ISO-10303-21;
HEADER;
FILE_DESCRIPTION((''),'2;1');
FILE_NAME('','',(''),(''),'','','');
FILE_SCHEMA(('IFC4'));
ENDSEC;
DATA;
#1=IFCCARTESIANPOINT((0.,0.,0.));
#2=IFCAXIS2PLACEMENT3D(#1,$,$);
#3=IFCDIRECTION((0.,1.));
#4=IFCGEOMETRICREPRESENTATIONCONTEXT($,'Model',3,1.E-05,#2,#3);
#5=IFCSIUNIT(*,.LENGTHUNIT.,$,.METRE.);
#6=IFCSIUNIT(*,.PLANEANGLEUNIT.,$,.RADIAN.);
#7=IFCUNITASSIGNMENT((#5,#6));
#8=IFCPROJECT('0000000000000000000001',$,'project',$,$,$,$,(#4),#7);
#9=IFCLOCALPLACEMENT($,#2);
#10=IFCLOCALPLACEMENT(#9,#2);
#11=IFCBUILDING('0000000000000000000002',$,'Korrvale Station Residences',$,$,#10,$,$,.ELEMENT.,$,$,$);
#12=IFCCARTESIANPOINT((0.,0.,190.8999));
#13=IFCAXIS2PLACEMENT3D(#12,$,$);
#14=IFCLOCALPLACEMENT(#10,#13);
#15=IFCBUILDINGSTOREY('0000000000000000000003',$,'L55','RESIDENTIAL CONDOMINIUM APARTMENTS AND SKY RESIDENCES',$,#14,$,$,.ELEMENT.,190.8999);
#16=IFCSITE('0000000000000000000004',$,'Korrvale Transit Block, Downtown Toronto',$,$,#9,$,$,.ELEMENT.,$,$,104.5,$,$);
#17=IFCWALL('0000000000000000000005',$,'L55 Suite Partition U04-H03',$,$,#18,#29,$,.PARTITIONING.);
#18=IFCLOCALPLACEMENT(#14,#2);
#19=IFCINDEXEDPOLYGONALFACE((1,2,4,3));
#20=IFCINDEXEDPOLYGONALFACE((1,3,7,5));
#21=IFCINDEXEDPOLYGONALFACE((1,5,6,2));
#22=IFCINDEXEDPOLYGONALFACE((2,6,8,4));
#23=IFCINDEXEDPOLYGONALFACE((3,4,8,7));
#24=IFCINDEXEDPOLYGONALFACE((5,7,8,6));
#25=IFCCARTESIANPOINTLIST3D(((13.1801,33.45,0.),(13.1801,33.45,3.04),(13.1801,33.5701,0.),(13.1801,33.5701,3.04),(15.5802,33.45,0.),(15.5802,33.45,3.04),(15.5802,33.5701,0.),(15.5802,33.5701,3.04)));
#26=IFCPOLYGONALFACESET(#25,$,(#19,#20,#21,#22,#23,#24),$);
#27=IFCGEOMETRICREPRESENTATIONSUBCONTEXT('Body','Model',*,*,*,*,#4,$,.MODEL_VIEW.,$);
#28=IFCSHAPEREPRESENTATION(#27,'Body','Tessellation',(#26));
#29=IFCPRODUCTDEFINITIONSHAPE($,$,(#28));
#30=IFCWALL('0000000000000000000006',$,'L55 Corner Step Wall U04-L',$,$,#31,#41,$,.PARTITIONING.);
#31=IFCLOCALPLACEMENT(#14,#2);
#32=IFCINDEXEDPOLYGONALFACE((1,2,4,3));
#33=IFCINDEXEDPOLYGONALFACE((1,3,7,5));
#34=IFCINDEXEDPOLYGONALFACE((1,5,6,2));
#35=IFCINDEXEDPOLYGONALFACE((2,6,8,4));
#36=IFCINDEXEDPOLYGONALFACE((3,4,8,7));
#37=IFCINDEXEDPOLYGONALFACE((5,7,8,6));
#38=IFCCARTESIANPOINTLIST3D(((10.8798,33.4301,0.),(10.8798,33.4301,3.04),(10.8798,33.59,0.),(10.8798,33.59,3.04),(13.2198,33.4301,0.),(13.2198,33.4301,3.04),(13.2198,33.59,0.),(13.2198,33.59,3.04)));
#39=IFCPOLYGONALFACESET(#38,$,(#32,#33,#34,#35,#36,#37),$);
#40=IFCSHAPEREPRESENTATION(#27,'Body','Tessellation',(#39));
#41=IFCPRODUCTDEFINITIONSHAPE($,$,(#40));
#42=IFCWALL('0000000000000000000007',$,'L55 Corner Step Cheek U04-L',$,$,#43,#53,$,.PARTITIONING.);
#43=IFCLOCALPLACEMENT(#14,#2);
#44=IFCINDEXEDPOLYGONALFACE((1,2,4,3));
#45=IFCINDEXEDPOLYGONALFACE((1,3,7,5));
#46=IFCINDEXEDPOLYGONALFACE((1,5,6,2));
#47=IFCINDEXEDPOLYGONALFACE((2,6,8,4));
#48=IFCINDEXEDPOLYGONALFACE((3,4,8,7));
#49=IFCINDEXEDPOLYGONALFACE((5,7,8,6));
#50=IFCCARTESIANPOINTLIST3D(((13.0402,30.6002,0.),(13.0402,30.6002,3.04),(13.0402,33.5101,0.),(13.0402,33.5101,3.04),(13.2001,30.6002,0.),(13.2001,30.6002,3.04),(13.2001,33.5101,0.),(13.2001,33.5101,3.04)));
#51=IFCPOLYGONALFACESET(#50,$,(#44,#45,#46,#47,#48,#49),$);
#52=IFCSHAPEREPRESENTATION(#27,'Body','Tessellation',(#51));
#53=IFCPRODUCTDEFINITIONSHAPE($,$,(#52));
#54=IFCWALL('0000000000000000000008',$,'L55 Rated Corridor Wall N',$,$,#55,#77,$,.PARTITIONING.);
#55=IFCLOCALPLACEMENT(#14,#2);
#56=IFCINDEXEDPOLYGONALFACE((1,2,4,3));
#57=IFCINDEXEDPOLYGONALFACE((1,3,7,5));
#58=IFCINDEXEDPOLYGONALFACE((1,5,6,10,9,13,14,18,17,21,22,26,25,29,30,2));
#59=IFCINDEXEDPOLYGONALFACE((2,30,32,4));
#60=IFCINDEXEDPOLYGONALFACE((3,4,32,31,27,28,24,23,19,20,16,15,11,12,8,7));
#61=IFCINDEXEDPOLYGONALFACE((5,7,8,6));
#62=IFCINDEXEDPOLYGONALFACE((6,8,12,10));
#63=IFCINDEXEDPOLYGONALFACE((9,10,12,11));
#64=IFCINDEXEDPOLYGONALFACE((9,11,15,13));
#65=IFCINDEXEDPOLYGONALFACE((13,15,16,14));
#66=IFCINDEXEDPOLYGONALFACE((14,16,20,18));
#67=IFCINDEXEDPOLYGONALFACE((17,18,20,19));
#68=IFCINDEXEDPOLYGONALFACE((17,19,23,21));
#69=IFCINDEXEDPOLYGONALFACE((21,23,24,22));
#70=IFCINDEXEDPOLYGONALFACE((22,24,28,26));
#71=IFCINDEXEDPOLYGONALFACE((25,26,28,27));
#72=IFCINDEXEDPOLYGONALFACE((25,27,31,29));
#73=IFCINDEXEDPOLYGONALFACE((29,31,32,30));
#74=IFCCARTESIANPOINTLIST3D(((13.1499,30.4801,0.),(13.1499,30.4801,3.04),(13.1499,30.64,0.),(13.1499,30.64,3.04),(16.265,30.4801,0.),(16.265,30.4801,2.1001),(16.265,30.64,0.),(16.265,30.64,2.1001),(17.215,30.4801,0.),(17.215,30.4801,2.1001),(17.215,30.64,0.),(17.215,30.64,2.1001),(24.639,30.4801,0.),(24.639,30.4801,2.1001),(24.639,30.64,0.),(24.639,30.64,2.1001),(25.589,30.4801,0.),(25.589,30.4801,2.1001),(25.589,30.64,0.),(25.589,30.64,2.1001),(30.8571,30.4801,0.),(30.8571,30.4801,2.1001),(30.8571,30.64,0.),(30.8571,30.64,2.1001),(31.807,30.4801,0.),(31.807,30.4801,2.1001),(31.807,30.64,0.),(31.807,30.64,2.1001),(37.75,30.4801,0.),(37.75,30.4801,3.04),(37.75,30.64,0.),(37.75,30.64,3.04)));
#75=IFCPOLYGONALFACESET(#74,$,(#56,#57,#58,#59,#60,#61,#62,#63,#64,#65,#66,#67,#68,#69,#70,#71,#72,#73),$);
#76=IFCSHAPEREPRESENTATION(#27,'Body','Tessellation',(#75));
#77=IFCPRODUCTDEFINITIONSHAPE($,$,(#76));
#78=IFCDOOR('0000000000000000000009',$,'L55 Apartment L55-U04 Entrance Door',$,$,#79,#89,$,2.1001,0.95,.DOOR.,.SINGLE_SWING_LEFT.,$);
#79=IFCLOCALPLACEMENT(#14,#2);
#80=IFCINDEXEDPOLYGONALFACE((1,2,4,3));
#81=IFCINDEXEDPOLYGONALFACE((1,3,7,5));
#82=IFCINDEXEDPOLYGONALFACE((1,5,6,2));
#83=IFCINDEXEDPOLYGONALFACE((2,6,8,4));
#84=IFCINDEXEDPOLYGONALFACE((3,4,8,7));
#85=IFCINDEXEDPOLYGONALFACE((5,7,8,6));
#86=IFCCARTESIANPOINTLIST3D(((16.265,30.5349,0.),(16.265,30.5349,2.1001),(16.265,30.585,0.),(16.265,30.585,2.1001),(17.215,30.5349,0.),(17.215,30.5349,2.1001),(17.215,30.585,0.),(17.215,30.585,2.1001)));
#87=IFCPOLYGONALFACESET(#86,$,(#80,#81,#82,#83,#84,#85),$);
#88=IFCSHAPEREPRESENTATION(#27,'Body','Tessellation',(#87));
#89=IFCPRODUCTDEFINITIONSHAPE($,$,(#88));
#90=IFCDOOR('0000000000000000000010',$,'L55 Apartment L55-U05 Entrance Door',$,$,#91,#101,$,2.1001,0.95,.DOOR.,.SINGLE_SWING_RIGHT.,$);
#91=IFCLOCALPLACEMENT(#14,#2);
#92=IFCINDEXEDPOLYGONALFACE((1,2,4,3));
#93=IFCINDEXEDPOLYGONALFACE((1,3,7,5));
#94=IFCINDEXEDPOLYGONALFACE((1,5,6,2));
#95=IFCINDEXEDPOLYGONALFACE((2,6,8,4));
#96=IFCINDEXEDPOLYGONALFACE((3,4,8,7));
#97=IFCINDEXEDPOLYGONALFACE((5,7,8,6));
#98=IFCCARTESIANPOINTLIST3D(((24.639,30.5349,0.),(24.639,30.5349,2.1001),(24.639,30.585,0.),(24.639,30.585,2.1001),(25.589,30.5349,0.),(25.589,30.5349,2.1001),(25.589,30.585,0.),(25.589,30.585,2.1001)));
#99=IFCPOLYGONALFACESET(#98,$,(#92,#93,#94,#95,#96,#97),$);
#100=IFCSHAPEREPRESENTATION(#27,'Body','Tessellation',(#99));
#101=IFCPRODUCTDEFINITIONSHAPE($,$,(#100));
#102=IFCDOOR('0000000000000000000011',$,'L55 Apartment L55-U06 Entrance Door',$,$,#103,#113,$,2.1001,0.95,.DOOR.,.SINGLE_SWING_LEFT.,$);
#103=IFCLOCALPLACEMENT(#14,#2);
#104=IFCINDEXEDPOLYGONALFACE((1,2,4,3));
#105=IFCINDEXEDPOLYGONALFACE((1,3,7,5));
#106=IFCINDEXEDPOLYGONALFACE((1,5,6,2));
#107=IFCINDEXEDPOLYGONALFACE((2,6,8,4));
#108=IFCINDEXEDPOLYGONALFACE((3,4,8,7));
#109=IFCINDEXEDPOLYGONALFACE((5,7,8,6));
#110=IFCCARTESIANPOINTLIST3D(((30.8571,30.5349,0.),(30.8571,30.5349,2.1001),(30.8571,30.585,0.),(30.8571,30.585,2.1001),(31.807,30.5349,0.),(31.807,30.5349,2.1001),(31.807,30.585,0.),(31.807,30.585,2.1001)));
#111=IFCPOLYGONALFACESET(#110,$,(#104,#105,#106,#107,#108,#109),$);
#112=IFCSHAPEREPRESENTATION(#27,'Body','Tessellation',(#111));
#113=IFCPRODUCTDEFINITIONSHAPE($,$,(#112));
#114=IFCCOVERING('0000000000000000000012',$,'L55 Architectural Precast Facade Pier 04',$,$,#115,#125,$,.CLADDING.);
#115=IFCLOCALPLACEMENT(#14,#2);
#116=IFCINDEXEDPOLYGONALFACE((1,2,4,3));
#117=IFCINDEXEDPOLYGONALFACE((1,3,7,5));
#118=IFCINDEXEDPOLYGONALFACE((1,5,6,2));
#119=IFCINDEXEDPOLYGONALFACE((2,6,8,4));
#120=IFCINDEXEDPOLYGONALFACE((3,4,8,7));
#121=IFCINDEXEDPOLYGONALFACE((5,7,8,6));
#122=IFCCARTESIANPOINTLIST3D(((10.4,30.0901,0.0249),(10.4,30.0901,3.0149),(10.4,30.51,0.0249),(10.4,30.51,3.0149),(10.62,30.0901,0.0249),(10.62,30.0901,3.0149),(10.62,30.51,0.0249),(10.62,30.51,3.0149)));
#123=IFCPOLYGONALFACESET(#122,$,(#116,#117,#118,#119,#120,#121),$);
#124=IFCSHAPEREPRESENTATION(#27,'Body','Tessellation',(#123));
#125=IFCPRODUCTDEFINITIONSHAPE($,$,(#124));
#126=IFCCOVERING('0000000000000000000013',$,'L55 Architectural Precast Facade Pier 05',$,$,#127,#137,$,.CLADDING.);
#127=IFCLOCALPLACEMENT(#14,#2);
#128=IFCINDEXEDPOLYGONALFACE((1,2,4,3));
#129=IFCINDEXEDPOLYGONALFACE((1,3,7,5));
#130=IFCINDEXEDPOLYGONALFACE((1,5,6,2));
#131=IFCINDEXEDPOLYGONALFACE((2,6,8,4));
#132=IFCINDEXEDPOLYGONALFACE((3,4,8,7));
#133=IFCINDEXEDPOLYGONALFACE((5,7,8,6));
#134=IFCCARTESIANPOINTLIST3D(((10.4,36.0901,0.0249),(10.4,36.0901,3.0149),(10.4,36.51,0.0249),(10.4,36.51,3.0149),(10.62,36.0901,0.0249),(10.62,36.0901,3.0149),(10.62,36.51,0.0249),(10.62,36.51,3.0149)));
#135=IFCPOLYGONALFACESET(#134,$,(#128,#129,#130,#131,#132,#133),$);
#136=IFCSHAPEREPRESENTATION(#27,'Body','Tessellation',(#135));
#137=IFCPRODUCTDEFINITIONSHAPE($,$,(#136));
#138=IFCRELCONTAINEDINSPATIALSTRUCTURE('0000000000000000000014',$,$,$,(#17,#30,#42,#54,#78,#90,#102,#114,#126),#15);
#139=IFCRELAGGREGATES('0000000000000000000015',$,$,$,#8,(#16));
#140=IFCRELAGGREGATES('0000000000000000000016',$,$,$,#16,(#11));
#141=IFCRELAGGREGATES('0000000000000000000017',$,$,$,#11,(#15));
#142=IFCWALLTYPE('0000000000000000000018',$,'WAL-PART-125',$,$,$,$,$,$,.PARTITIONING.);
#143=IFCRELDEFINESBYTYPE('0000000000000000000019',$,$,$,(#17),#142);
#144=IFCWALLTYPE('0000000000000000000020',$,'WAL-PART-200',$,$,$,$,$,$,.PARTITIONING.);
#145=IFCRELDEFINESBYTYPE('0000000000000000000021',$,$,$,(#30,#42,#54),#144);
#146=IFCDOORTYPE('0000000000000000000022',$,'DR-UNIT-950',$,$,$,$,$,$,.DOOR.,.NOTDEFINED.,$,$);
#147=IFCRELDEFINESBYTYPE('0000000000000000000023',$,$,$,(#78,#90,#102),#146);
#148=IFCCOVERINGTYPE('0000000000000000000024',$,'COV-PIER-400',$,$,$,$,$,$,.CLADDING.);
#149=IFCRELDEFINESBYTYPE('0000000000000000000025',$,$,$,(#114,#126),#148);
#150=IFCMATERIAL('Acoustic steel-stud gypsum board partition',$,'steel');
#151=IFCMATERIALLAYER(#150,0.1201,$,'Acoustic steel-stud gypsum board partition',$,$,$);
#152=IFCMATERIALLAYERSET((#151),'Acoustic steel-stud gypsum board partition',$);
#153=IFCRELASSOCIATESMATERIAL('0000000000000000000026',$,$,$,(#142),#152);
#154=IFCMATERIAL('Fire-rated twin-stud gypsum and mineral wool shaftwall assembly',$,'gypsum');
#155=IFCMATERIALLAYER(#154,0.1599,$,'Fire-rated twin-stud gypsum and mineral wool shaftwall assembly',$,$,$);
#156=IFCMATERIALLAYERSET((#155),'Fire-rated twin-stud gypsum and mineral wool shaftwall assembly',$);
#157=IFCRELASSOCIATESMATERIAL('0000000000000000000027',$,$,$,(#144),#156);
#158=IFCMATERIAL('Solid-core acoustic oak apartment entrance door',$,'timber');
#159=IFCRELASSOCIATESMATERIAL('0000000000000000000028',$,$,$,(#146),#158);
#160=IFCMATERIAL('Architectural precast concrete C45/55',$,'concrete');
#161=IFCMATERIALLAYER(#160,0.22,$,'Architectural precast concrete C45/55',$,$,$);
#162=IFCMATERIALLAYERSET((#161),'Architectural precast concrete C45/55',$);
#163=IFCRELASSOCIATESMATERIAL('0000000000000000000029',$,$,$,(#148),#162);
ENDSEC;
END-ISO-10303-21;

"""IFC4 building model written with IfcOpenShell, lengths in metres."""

from ifc_helpers import new_model, si_unit, direction, frame, frame_2d, origin, origin_2d, place, context, subcontext, project, spatial, rectangle, extrude, material, layer, layer_set, type_object, element, fill, save


model = new_model("IFC4")

# Units and contexts
model_context = context("Model", 3, precision=1e-05, world=origin(), true_north=direction((0.0, 1.0)))
body_context = subcontext(model_context, "Body", "Model", "MODEL_VIEW")
ifc_project = project(units=[si_unit("LENGTHUNIT", "METRE"), si_unit("PLANEANGLEUNIT", "RADIAN")], contexts=[model_context])

# Site, building, storey
site_placement = place(None, origin())
site = spatial("IfcSite", under=ifc_project, at=site_placement, Name="Korrvale Transit Block, Downtown Toronto", CompositionType="ELEMENT", RefElevation=104.5)
building_placement = place(site_placement, origin())
building = spatial("IfcBuilding", under=site, at=building_placement, Name="Korrvale Station Residences", CompositionType="ELEMENT")
storey_placement = place(building_placement, frame((0.0, 0.0, 190.8999)))
storey = spatial("IfcBuildingStorey", under=building, at=storey_placement, Name="L55", Description="RESIDENTIAL CONDOMINIUM APARTMENTS AND SKY RESIDENCES", CompositionType="ELEMENT", Elevation=190.8999)

# Walls
ifc_material_1 = material(Name="Acoustic steel-stud gypsum board partition", Category="steel")
ifc_layer_1 = layer(ifc_material_1, 0.1201, Name="Acoustic steel-stud gypsum board partition")
ifc_layer_set_1 = layer_set([ifc_layer_1], Name="Acoustic steel-stud gypsum board partition")
wall_type_1 = type_object("IfcWallType", Name="WAL-PART-125", PredefinedType="PARTITIONING", material=ifc_layer_set_1)
wall_1_placement = place(storey_placement, frame((13.1799, 33.51, 0.0), z_axis=(0.0, 0.0, 1.0), x_axis=(1.0, 0.0, 0.0)))
element("IfcWall", 1, at=wall_1_placement, inside=storey, type_object=wall_type_1, Name="L55 Suite Partition U04-H03", PredefinedType="PARTITIONING", context=body_context, shape_type="SweptSolid", body=[
    extrude(rectangle(XDim=2.4001, YDim=0.1201, at=frame_2d((1.2002, 0.0))), origin(), (0.0, 0.0, 1.0), 3.04),
])
ifc_material_2 = material(Name="Fire-rated twin-stud gypsum and mineral wool shaftwall assembly", Category="gypsum")
ifc_layer_2 = layer(ifc_material_2, 0.1599, Name="Fire-rated twin-stud gypsum and mineral wool shaftwall assembly")
ifc_layer_set_2 = layer_set([ifc_layer_2], Name="Fire-rated twin-stud gypsum and mineral wool shaftwall assembly")
wall_type_2 = type_object("IfcWallType", Name="WAL-PART-200", PredefinedType="PARTITIONING", material=ifc_layer_set_2)
wall_2_placement = place(storey_placement, frame((10.8799, 33.51, 0.0), z_axis=(0.0, 0.0, 1.0), x_axis=(1.0, 0.0, 0.0)))
element("IfcWall", 2, at=wall_2_placement, inside=storey, type_object=wall_type_2, Name="L55 Corner Step Wall U04-L", PredefinedType="PARTITIONING", context=body_context, shape_type="SweptSolid", body=[
    extrude(rectangle(XDim=2.3401, YDim=0.1599, at=frame_2d((1.1699, 0.0))), origin(), (0.0, 0.0, 1.0), 3.04),
])
wall_3_placement = place(storey_placement, frame((13.1201, 30.6001, 0.0), z_axis=(0.0, 0.0, 1.0), x_axis=(0.0, 1.0, 0.0)))
element("IfcWall", 3, at=wall_3_placement, inside=storey, type_object=wall_type_2, Name="L55 Corner Step Cheek U04-L", PredefinedType="PARTITIONING", context=body_context, shape_type="SweptSolid", body=[
    extrude(rectangle(XDim=2.9099, YDim=0.1599, at=frame_2d((1.4551, 0.0))), origin(), (0.0, 0.0, 1.0), 3.04),
])

# Wall, openings, doors
wall_4_placement = place(storey_placement, frame((13.1499, 30.5601, 0.0), z_axis=(0.0, 0.0, 1.0), x_axis=(1.0, 0.0, 0.0)))
wall_4 = element("IfcWall", 4, at=wall_4_placement, inside=storey, type_object=wall_type_2, Name="L55 Rated Corridor Wall N", PredefinedType="PARTITIONING", context=body_context, shape_type="SweptSolid", body=[
    extrude(rectangle(XDim=24.6001, YDim=0.1599, at=frame_2d((12.3, 0.0))), origin(), (0.0, 0.0, 1.0), 3.04),
])
opening_1_placement = place(wall_4_placement, frame((3.115, 0.0, 0.0)))
opening_1 = element("IfcOpeningElement", 5, at=opening_1_placement, cuts=wall_4, PredefinedType="OPENING", context=body_context, shape_type="SweptSolid", body=[
    extrude(rectangle(XDim=0.95, YDim=2.1001, at=frame_2d((0.4751, 1.05))), frame((0.0, 0.0898, 0.0), z_axis=(0.0, -1.0, 0.0), x_axis=(1.0, 0.0, 0.0)), (0.0, 0.0, 1.0), 0.1799),
])
opening_2_placement = place(wall_4_placement, frame((11.489, 0.0, 0.0)))
opening_2 = element("IfcOpeningElement", 6, at=opening_2_placement, cuts=wall_4, PredefinedType="OPENING", context=body_context, shape_type="SweptSolid", body=[
    extrude(rectangle(XDim=0.95, YDim=2.1001, at=frame_2d((0.4751, 1.05))), frame((0.0, 0.0898, 0.0), z_axis=(0.0, -1.0, 0.0), x_axis=(1.0, 0.0, 0.0)), (0.0, 0.0, 1.0), 0.1799),
])
opening_3_placement = place(wall_4_placement, frame((17.707, 0.0, 0.0)))
opening_3 = element("IfcOpeningElement", 7, at=opening_3_placement, cuts=wall_4, PredefinedType="OPENING", context=body_context, shape_type="SweptSolid", body=[
    extrude(rectangle(XDim=0.95, YDim=2.1001, at=frame_2d((0.4751, 1.05))), frame((0.0, 0.0898, 0.0), z_axis=(0.0, -1.0, 0.0), x_axis=(1.0, 0.0, 0.0)), (0.0, 0.0, 1.0), 0.1799),
])
ifc_material_3 = material(Name="Solid-core acoustic oak apartment entrance door", Category="timber")
door_type = type_object("IfcDoorType", Name="DR-UNIT-950", OperationType="NOTDEFINED", PredefinedType="DOOR", material=ifc_material_3)
door_1_placement = place(opening_1_placement, origin())
door_1 = element("IfcDoor", 8, at=door_1_placement, inside=storey, type_object=door_type, Name="L55 Apartment L55-U04 Entrance Door", OperationType="SINGLE_SWING_LEFT", OverallHeight=2.1001, OverallWidth=0.95, PredefinedType="DOOR", context=body_context, shape_type="SweptSolid", body=[
    extrude(rectangle(XDim=0.95, YDim=2.1001, at=frame_2d((0.4751, 1.05))), frame((0.0, 0.0249, 0.0), z_axis=(0.0, -1.0, 0.0), x_axis=(1.0, 0.0, 0.0)), (0.0, 0.0, 1.0), 0.05),
])
fill(opening_1, door_1)
door_2_placement = place(opening_2_placement, origin())
door_2 = element("IfcDoor", 9, at=door_2_placement, inside=storey, type_object=door_type, Name="L55 Apartment L55-U05 Entrance Door", OperationType="SINGLE_SWING_RIGHT", OverallHeight=2.1001, OverallWidth=0.95, PredefinedType="DOOR", context=body_context, shape_type="SweptSolid", body=[
    extrude(rectangle(XDim=0.95, YDim=2.1001, at=frame_2d((0.4751, 1.05))), frame((0.0, 0.0249, 0.0), z_axis=(0.0, -1.0, 0.0), x_axis=(1.0, 0.0, 0.0)), (0.0, 0.0, 1.0), 0.05),
])
fill(opening_2, door_2)
door_3_placement = place(opening_3_placement, origin())
door_3 = element("IfcDoor", 10, at=door_3_placement, inside=storey, type_object=door_type, Name="L55 Apartment L55-U06 Entrance Door", OperationType="SINGLE_SWING_LEFT", OverallHeight=2.1001, OverallWidth=0.95, PredefinedType="DOOR", context=body_context, shape_type="SweptSolid", body=[
    extrude(rectangle(XDim=0.95, YDim=2.1001, at=frame_2d((0.4751, 1.05))), frame((0.0, 0.0249, 0.0), z_axis=(0.0, -1.0, 0.0), x_axis=(1.0, 0.0, 0.0)), (0.0, 0.0, 1.0), 0.05),
])
fill(opening_3, door_3)

# Coverings
ifc_material_4 = material(Name="Architectural precast concrete C45/55", Category="concrete")
ifc_layer_3 = layer(ifc_material_4, 0.22, Name="Architectural precast concrete C45/55")
ifc_layer_set_3 = layer_set([ifc_layer_3], Name="Architectural precast concrete C45/55")
covering_type = type_object("IfcCoveringType", Name="COV-PIER-400", PredefinedType="CLADDING", material=ifc_layer_set_3)
for number, where, z_axis, x_axis, name in (
    (11, (10.51, 30.3, 0.0249), (0.0, 0.0, 1.0), (0.0, 1.0, 0.0), "L55 Architectural Precast Facade Pier 04"),
    (12, (10.51, 36.3, 0.0249), (0.0, 0.0, 1.0), (0.0, 1.0, 0.0), "L55 Architectural Precast Facade Pier 05"),
):
    element("IfcCovering", number, at=place(storey_placement, frame(where, z_axis=z_axis, x_axis=x_axis)), inside=storey, type_object=covering_type, Name=name, PredefinedType="CLADDING", context=body_context, shape_type="SweptSolid", body=[
        extrude(rectangle(XDim=0.4199, YDim=0.22, at=origin_2d()), origin(), (0.0, 0.0, 1.0), 2.99),
    ])

save(model, "model.ifc")
